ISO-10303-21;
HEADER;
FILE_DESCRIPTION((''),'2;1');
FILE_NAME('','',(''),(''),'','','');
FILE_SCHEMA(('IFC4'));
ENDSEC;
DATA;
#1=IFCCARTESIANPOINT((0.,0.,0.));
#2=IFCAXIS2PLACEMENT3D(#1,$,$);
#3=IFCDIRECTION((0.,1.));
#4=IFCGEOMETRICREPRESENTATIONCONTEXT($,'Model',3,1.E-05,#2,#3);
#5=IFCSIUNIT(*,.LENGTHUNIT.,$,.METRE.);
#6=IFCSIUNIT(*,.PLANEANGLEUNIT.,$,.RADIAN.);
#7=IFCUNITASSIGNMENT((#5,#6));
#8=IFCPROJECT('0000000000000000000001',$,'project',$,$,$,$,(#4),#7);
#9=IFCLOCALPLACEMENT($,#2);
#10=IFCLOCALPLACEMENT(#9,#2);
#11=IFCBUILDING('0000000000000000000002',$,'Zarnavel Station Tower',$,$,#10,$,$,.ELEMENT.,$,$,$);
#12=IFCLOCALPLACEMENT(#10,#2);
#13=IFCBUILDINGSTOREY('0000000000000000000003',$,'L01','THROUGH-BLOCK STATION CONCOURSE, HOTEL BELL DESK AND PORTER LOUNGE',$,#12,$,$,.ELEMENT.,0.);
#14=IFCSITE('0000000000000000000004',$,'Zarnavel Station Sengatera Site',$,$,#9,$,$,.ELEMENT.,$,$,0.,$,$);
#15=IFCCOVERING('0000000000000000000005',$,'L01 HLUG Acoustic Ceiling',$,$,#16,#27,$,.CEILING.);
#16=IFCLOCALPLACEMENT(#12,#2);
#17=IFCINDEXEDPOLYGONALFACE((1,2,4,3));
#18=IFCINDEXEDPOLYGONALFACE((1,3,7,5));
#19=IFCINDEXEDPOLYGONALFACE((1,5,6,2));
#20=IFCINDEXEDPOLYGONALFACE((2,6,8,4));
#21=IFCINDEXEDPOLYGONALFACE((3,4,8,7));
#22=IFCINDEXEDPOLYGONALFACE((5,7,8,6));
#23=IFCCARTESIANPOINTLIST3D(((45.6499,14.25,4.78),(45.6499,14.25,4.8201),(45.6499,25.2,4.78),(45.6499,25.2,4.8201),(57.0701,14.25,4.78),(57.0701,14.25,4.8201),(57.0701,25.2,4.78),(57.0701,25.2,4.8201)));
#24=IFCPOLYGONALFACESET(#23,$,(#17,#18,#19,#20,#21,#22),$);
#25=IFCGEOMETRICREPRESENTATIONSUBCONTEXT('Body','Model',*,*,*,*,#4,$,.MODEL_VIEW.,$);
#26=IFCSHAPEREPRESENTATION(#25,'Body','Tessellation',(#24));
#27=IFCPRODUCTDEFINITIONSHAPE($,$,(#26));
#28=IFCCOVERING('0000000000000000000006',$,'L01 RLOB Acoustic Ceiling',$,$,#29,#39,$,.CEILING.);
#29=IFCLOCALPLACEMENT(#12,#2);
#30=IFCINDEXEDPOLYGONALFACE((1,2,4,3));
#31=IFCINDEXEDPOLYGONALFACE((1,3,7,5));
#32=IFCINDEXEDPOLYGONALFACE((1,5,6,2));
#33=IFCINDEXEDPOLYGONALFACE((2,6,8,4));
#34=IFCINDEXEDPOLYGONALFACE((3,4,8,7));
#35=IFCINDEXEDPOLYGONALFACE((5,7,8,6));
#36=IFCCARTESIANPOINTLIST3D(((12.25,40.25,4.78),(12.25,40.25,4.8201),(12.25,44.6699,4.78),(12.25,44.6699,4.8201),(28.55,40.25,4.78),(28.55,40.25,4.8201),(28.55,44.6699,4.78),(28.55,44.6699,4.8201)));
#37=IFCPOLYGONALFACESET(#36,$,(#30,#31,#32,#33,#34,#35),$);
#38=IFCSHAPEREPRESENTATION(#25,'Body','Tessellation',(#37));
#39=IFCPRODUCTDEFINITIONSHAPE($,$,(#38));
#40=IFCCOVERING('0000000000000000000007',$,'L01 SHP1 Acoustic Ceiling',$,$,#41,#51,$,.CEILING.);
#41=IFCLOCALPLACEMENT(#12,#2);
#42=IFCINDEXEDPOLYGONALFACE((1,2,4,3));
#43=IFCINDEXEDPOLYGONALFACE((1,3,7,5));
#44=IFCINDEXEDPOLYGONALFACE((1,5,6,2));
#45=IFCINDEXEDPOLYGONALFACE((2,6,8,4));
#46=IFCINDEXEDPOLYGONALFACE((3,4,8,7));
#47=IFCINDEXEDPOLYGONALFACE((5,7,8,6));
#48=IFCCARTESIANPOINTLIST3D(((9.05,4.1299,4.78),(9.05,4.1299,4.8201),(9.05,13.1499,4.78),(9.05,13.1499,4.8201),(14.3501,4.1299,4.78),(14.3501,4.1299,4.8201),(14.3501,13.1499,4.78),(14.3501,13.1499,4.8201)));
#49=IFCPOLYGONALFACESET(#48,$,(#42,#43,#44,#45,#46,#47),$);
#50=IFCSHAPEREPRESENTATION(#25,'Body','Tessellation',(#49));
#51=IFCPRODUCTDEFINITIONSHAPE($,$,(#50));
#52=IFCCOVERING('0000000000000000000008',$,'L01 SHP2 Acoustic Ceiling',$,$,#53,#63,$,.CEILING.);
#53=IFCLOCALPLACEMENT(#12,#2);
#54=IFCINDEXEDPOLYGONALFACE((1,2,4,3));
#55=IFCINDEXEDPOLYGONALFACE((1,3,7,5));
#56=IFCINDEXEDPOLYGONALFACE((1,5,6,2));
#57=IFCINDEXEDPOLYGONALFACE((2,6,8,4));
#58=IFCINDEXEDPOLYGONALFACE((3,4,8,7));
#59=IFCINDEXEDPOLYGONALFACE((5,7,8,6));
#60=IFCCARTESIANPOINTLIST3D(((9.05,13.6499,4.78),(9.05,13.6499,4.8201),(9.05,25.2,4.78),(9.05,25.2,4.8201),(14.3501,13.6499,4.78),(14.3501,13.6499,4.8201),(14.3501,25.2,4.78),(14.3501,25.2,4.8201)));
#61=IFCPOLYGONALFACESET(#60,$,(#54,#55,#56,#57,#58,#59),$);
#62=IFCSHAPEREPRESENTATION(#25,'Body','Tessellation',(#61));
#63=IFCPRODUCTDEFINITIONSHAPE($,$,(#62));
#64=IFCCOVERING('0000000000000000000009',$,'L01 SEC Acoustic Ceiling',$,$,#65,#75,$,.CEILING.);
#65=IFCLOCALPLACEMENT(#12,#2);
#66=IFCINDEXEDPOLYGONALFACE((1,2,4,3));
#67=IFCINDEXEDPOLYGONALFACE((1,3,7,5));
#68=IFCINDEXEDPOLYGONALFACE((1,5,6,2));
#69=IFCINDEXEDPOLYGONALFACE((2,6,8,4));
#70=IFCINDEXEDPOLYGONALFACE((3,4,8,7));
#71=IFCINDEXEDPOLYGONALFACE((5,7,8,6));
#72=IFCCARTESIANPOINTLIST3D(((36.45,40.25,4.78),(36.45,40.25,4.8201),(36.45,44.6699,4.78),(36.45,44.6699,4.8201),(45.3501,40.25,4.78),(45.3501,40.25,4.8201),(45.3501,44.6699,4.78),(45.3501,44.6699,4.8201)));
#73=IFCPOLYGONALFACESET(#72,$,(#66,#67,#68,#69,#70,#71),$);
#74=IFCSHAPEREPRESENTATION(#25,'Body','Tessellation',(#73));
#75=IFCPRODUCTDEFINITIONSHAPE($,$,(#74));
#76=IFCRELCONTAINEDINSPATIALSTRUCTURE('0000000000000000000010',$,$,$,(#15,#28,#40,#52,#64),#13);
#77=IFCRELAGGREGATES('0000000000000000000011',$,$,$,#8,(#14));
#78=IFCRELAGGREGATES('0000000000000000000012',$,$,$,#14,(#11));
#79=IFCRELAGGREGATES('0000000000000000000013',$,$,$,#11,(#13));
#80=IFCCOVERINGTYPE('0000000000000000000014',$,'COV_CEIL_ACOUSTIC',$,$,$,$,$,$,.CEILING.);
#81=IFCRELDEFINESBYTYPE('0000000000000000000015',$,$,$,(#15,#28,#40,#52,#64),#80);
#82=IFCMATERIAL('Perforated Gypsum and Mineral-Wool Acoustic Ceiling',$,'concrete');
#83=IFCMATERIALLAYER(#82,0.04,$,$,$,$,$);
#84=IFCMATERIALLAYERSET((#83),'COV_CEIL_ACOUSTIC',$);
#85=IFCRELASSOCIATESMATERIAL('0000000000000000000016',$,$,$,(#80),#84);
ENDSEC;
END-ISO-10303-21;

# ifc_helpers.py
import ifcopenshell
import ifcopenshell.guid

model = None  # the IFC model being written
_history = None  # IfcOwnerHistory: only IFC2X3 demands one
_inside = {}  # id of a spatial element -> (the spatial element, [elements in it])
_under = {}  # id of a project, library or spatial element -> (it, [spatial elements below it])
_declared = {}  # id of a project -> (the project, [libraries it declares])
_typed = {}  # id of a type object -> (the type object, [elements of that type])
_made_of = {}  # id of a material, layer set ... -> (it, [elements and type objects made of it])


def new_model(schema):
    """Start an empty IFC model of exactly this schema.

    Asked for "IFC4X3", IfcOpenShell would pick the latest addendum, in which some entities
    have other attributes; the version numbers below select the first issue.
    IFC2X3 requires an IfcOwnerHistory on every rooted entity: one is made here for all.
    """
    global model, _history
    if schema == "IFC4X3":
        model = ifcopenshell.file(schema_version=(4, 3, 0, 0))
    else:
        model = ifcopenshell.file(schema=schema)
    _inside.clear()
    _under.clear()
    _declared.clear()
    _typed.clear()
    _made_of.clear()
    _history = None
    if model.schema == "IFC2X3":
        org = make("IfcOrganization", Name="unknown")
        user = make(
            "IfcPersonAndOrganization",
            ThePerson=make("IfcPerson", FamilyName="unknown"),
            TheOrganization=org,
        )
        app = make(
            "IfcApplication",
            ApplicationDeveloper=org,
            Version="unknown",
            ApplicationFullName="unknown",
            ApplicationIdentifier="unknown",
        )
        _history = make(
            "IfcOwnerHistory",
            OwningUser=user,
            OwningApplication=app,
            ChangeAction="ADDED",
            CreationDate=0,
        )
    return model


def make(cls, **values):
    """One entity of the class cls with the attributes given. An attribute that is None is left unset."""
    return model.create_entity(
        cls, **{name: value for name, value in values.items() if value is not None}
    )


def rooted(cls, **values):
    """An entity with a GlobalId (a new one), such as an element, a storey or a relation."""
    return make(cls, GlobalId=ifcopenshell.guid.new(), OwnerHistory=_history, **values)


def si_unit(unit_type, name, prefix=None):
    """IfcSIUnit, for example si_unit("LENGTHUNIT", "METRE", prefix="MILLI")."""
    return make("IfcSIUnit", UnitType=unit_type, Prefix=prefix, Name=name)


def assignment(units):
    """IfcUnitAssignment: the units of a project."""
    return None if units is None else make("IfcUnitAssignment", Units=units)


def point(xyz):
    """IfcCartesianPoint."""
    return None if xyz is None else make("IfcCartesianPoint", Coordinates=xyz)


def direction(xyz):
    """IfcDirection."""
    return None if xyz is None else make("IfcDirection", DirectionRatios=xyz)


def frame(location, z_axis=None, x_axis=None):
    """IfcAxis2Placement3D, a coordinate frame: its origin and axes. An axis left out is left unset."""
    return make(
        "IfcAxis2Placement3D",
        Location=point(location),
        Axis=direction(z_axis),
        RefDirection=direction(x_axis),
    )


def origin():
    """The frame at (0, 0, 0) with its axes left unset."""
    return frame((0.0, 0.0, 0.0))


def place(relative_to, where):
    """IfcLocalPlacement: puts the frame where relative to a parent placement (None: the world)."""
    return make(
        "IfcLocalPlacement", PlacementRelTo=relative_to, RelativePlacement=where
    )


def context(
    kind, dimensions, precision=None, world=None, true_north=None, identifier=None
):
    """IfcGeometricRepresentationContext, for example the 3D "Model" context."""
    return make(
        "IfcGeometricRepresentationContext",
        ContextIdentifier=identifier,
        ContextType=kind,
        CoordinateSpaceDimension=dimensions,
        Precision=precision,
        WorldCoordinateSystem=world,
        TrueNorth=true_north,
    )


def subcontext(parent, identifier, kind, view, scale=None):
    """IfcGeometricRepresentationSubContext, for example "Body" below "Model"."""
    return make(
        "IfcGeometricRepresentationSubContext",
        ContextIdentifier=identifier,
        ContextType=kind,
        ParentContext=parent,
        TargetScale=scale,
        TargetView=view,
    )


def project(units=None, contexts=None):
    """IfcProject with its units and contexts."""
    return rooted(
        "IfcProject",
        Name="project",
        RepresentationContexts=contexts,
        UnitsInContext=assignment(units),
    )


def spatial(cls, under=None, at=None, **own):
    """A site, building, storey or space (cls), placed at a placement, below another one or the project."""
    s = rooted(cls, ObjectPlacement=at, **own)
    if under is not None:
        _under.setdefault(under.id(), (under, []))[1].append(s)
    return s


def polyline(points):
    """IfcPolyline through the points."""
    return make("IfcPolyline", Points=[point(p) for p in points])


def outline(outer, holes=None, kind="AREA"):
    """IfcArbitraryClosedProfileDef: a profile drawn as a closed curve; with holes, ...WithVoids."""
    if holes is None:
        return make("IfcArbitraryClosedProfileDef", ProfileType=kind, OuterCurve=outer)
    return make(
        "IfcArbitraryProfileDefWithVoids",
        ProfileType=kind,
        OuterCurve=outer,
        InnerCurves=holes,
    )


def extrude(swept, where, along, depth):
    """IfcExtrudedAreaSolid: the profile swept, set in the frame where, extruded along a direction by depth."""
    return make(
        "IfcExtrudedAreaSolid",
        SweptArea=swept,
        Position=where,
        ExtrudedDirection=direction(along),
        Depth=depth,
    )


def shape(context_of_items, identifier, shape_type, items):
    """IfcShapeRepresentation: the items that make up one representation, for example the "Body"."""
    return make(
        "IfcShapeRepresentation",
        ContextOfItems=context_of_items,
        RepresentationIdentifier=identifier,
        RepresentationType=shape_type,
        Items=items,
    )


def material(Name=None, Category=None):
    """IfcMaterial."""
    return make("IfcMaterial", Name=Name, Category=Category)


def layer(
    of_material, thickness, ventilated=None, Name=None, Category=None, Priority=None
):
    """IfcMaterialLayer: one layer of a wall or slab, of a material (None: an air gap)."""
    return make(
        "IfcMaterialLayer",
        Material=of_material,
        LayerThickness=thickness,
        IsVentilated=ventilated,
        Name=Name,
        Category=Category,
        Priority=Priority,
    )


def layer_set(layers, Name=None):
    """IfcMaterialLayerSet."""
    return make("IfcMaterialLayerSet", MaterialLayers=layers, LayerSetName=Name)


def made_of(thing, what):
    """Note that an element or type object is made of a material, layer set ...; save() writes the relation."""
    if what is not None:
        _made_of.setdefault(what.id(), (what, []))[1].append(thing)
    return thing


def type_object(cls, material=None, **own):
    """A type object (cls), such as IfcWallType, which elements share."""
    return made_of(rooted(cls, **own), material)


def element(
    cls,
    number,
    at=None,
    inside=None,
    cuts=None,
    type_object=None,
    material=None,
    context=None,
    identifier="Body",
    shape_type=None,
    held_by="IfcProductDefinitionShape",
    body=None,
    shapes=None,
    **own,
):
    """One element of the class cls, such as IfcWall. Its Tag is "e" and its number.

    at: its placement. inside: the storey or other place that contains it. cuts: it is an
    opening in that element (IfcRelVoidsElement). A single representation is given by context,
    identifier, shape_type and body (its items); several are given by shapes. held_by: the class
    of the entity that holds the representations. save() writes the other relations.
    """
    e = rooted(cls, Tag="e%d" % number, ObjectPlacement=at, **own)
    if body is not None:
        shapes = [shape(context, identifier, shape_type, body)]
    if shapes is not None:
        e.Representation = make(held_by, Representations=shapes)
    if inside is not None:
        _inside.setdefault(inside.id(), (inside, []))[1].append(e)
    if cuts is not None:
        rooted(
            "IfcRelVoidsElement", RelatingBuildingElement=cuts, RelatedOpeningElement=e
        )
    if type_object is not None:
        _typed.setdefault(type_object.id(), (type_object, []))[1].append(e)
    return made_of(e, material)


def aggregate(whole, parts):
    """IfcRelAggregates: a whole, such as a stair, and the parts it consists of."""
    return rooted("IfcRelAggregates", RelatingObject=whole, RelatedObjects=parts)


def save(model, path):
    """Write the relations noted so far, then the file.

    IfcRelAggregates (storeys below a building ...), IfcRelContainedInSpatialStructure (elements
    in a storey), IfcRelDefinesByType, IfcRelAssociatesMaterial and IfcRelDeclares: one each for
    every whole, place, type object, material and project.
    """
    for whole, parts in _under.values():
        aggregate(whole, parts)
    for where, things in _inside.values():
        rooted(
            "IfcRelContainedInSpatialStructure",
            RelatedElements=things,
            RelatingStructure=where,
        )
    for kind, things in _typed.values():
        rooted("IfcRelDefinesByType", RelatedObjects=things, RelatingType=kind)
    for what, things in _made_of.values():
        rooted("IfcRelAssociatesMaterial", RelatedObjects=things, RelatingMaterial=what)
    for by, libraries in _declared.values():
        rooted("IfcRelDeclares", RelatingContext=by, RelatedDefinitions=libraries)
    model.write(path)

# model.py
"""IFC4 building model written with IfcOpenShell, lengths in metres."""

from ifc_helpers import new_model, si_unit, direction, frame, origin, place, context, subcontext, project, spatial, polyline, outline, extrude, material, layer, layer_set, type_object, element, save


model = new_model("IFC4")

# Units and contexts
model_context = context("Model", 3, precision=1e-05, world=origin(), true_north=direction((0.0, 1.0)))
body_context = subcontext(model_context, "Body", "Model", "MODEL_VIEW")
ifc_project = project(units=[si_unit("LENGTHUNIT", "METRE"), si_unit("PLANEANGLEUNIT", "RADIAN")], contexts=[model_context])

# Site, building, storey
site_placement = place(None, origin())
site = spatial("IfcSite", under=ifc_project, at=site_placement, Name="Zarnavel Station Sengatera Site", CompositionType="ELEMENT", RefElevation=0.0)
building_placement = place(site_placement, origin())
building = spatial("IfcBuilding", under=site, at=building_placement, Name="Zarnavel Station Tower", CompositionType="ELEMENT")
storey_placement = place(building_placement, origin())
storey = spatial("IfcBuildingStorey", under=building, at=storey_placement, Name="L01", Description="THROUGH-BLOCK STATION CONCOURSE, HOTEL BELL DESK AND PORTER LOUNGE", CompositionType="ELEMENT", Elevation=0.0)

# Coverings
ifc_material_1 = material(Name="Perforated Gypsum and Mineral-Wool Acoustic Ceiling", Category="concrete")
ifc_layer_1 = layer(ifc_material_1, 0.04)
ifc_layer_set_1 = layer_set([ifc_layer_1], Name="COV_CEIL_ACOUSTIC")
covering_type = type_object("IfcCoveringType", Name="COV_CEIL_ACOUSTIC", PredefinedType="CEILING", material=ifc_layer_set_1)
covering_1_placement = place(storey_placement, frame((0.0, 0.0, 4.78)))
element("IfcCovering", 1, at=covering_1_placement, inside=storey, type_object=covering_type, Name="L01 HLUG Acoustic Ceiling", PredefinedType="CEILING", context=body_context, shape_type="SweptSolid", body=[
    extrude(outline(polyline([(45.6499, 14.25), (57.0701, 14.25), (57.0701, 25.2), (45.6499, 25.2), (45.6499, 14.25)])), origin(), (0.0, 0.0, 1.0), 0.04),
])
covering_2_placement = place(storey_placement, frame((0.0, 0.0, 4.78)))
element("IfcCovering", 2, at=covering_2_placement, inside=storey, type_object=covering_type, Name="L01 RLOB Acoustic Ceiling", PredefinedType="CEILING", context=body_context, shape_type="SweptSolid", body=[
    extrude(outline(polyline([(12.25, 40.25), (28.55, 40.25), (28.55, 44.6699), (12.25, 44.6699), (12.25, 40.25)])), origin(), (0.0, 0.0, 1.0), 0.04),
])
covering_3_placement = place(storey_placement, frame((0.0, 0.0, 4.78)))
element("IfcCovering", 3, at=covering_3_placement, inside=storey, type_object=covering_type, Name="L01 SHP1 Acoustic Ceiling", PredefinedType="CEILING", context=body_context, shape_type="SweptSolid", body=[
    extrude(outline(polyline([(9.05, 4.1299), (14.3501, 4.1299), (14.3501, 13.1499), (9.05, 13.1499), (9.05, 4.1299)])), origin(), (0.0, 0.0, 1.0), 0.04),
])
covering_4_placement = place(storey_placement, frame((0.0, 0.0, 4.78)))
element("IfcCovering", 4, at=covering_4_placement, inside=storey, type_object=covering_type, Name="L01 SHP2 Acoustic Ceiling", PredefinedType="CEILING", context=body_context, shape_type="SweptSolid", body=[
    extrude(outline(polyline([(9.05, 13.6499), (14.3501, 13.6499), (14.3501, 25.2), (9.05, 25.2), (9.05, 13.6499)])), origin(), (0.0, 0.0, 1.0), 0.04),
])
covering_5_placement = place(storey_placement, frame((0.0, 0.0, 4.78)))
element("IfcCovering", 5, at=covering_5_placement, inside=storey, type_object=covering_type, Name="L01 SEC Acoustic Ceiling", PredefinedType="CEILING", context=body_context, shape_type="SweptSolid", body=[
    extrude(outline(polyline([(36.45, 40.25), (45.3501, 40.25), (45.3501, 44.6699), (36.45, 44.6699), (36.45, 40.25)])), origin(), (0.0, 0.0, 1.0), 0.04),
])

save(model, "model.ifc")
